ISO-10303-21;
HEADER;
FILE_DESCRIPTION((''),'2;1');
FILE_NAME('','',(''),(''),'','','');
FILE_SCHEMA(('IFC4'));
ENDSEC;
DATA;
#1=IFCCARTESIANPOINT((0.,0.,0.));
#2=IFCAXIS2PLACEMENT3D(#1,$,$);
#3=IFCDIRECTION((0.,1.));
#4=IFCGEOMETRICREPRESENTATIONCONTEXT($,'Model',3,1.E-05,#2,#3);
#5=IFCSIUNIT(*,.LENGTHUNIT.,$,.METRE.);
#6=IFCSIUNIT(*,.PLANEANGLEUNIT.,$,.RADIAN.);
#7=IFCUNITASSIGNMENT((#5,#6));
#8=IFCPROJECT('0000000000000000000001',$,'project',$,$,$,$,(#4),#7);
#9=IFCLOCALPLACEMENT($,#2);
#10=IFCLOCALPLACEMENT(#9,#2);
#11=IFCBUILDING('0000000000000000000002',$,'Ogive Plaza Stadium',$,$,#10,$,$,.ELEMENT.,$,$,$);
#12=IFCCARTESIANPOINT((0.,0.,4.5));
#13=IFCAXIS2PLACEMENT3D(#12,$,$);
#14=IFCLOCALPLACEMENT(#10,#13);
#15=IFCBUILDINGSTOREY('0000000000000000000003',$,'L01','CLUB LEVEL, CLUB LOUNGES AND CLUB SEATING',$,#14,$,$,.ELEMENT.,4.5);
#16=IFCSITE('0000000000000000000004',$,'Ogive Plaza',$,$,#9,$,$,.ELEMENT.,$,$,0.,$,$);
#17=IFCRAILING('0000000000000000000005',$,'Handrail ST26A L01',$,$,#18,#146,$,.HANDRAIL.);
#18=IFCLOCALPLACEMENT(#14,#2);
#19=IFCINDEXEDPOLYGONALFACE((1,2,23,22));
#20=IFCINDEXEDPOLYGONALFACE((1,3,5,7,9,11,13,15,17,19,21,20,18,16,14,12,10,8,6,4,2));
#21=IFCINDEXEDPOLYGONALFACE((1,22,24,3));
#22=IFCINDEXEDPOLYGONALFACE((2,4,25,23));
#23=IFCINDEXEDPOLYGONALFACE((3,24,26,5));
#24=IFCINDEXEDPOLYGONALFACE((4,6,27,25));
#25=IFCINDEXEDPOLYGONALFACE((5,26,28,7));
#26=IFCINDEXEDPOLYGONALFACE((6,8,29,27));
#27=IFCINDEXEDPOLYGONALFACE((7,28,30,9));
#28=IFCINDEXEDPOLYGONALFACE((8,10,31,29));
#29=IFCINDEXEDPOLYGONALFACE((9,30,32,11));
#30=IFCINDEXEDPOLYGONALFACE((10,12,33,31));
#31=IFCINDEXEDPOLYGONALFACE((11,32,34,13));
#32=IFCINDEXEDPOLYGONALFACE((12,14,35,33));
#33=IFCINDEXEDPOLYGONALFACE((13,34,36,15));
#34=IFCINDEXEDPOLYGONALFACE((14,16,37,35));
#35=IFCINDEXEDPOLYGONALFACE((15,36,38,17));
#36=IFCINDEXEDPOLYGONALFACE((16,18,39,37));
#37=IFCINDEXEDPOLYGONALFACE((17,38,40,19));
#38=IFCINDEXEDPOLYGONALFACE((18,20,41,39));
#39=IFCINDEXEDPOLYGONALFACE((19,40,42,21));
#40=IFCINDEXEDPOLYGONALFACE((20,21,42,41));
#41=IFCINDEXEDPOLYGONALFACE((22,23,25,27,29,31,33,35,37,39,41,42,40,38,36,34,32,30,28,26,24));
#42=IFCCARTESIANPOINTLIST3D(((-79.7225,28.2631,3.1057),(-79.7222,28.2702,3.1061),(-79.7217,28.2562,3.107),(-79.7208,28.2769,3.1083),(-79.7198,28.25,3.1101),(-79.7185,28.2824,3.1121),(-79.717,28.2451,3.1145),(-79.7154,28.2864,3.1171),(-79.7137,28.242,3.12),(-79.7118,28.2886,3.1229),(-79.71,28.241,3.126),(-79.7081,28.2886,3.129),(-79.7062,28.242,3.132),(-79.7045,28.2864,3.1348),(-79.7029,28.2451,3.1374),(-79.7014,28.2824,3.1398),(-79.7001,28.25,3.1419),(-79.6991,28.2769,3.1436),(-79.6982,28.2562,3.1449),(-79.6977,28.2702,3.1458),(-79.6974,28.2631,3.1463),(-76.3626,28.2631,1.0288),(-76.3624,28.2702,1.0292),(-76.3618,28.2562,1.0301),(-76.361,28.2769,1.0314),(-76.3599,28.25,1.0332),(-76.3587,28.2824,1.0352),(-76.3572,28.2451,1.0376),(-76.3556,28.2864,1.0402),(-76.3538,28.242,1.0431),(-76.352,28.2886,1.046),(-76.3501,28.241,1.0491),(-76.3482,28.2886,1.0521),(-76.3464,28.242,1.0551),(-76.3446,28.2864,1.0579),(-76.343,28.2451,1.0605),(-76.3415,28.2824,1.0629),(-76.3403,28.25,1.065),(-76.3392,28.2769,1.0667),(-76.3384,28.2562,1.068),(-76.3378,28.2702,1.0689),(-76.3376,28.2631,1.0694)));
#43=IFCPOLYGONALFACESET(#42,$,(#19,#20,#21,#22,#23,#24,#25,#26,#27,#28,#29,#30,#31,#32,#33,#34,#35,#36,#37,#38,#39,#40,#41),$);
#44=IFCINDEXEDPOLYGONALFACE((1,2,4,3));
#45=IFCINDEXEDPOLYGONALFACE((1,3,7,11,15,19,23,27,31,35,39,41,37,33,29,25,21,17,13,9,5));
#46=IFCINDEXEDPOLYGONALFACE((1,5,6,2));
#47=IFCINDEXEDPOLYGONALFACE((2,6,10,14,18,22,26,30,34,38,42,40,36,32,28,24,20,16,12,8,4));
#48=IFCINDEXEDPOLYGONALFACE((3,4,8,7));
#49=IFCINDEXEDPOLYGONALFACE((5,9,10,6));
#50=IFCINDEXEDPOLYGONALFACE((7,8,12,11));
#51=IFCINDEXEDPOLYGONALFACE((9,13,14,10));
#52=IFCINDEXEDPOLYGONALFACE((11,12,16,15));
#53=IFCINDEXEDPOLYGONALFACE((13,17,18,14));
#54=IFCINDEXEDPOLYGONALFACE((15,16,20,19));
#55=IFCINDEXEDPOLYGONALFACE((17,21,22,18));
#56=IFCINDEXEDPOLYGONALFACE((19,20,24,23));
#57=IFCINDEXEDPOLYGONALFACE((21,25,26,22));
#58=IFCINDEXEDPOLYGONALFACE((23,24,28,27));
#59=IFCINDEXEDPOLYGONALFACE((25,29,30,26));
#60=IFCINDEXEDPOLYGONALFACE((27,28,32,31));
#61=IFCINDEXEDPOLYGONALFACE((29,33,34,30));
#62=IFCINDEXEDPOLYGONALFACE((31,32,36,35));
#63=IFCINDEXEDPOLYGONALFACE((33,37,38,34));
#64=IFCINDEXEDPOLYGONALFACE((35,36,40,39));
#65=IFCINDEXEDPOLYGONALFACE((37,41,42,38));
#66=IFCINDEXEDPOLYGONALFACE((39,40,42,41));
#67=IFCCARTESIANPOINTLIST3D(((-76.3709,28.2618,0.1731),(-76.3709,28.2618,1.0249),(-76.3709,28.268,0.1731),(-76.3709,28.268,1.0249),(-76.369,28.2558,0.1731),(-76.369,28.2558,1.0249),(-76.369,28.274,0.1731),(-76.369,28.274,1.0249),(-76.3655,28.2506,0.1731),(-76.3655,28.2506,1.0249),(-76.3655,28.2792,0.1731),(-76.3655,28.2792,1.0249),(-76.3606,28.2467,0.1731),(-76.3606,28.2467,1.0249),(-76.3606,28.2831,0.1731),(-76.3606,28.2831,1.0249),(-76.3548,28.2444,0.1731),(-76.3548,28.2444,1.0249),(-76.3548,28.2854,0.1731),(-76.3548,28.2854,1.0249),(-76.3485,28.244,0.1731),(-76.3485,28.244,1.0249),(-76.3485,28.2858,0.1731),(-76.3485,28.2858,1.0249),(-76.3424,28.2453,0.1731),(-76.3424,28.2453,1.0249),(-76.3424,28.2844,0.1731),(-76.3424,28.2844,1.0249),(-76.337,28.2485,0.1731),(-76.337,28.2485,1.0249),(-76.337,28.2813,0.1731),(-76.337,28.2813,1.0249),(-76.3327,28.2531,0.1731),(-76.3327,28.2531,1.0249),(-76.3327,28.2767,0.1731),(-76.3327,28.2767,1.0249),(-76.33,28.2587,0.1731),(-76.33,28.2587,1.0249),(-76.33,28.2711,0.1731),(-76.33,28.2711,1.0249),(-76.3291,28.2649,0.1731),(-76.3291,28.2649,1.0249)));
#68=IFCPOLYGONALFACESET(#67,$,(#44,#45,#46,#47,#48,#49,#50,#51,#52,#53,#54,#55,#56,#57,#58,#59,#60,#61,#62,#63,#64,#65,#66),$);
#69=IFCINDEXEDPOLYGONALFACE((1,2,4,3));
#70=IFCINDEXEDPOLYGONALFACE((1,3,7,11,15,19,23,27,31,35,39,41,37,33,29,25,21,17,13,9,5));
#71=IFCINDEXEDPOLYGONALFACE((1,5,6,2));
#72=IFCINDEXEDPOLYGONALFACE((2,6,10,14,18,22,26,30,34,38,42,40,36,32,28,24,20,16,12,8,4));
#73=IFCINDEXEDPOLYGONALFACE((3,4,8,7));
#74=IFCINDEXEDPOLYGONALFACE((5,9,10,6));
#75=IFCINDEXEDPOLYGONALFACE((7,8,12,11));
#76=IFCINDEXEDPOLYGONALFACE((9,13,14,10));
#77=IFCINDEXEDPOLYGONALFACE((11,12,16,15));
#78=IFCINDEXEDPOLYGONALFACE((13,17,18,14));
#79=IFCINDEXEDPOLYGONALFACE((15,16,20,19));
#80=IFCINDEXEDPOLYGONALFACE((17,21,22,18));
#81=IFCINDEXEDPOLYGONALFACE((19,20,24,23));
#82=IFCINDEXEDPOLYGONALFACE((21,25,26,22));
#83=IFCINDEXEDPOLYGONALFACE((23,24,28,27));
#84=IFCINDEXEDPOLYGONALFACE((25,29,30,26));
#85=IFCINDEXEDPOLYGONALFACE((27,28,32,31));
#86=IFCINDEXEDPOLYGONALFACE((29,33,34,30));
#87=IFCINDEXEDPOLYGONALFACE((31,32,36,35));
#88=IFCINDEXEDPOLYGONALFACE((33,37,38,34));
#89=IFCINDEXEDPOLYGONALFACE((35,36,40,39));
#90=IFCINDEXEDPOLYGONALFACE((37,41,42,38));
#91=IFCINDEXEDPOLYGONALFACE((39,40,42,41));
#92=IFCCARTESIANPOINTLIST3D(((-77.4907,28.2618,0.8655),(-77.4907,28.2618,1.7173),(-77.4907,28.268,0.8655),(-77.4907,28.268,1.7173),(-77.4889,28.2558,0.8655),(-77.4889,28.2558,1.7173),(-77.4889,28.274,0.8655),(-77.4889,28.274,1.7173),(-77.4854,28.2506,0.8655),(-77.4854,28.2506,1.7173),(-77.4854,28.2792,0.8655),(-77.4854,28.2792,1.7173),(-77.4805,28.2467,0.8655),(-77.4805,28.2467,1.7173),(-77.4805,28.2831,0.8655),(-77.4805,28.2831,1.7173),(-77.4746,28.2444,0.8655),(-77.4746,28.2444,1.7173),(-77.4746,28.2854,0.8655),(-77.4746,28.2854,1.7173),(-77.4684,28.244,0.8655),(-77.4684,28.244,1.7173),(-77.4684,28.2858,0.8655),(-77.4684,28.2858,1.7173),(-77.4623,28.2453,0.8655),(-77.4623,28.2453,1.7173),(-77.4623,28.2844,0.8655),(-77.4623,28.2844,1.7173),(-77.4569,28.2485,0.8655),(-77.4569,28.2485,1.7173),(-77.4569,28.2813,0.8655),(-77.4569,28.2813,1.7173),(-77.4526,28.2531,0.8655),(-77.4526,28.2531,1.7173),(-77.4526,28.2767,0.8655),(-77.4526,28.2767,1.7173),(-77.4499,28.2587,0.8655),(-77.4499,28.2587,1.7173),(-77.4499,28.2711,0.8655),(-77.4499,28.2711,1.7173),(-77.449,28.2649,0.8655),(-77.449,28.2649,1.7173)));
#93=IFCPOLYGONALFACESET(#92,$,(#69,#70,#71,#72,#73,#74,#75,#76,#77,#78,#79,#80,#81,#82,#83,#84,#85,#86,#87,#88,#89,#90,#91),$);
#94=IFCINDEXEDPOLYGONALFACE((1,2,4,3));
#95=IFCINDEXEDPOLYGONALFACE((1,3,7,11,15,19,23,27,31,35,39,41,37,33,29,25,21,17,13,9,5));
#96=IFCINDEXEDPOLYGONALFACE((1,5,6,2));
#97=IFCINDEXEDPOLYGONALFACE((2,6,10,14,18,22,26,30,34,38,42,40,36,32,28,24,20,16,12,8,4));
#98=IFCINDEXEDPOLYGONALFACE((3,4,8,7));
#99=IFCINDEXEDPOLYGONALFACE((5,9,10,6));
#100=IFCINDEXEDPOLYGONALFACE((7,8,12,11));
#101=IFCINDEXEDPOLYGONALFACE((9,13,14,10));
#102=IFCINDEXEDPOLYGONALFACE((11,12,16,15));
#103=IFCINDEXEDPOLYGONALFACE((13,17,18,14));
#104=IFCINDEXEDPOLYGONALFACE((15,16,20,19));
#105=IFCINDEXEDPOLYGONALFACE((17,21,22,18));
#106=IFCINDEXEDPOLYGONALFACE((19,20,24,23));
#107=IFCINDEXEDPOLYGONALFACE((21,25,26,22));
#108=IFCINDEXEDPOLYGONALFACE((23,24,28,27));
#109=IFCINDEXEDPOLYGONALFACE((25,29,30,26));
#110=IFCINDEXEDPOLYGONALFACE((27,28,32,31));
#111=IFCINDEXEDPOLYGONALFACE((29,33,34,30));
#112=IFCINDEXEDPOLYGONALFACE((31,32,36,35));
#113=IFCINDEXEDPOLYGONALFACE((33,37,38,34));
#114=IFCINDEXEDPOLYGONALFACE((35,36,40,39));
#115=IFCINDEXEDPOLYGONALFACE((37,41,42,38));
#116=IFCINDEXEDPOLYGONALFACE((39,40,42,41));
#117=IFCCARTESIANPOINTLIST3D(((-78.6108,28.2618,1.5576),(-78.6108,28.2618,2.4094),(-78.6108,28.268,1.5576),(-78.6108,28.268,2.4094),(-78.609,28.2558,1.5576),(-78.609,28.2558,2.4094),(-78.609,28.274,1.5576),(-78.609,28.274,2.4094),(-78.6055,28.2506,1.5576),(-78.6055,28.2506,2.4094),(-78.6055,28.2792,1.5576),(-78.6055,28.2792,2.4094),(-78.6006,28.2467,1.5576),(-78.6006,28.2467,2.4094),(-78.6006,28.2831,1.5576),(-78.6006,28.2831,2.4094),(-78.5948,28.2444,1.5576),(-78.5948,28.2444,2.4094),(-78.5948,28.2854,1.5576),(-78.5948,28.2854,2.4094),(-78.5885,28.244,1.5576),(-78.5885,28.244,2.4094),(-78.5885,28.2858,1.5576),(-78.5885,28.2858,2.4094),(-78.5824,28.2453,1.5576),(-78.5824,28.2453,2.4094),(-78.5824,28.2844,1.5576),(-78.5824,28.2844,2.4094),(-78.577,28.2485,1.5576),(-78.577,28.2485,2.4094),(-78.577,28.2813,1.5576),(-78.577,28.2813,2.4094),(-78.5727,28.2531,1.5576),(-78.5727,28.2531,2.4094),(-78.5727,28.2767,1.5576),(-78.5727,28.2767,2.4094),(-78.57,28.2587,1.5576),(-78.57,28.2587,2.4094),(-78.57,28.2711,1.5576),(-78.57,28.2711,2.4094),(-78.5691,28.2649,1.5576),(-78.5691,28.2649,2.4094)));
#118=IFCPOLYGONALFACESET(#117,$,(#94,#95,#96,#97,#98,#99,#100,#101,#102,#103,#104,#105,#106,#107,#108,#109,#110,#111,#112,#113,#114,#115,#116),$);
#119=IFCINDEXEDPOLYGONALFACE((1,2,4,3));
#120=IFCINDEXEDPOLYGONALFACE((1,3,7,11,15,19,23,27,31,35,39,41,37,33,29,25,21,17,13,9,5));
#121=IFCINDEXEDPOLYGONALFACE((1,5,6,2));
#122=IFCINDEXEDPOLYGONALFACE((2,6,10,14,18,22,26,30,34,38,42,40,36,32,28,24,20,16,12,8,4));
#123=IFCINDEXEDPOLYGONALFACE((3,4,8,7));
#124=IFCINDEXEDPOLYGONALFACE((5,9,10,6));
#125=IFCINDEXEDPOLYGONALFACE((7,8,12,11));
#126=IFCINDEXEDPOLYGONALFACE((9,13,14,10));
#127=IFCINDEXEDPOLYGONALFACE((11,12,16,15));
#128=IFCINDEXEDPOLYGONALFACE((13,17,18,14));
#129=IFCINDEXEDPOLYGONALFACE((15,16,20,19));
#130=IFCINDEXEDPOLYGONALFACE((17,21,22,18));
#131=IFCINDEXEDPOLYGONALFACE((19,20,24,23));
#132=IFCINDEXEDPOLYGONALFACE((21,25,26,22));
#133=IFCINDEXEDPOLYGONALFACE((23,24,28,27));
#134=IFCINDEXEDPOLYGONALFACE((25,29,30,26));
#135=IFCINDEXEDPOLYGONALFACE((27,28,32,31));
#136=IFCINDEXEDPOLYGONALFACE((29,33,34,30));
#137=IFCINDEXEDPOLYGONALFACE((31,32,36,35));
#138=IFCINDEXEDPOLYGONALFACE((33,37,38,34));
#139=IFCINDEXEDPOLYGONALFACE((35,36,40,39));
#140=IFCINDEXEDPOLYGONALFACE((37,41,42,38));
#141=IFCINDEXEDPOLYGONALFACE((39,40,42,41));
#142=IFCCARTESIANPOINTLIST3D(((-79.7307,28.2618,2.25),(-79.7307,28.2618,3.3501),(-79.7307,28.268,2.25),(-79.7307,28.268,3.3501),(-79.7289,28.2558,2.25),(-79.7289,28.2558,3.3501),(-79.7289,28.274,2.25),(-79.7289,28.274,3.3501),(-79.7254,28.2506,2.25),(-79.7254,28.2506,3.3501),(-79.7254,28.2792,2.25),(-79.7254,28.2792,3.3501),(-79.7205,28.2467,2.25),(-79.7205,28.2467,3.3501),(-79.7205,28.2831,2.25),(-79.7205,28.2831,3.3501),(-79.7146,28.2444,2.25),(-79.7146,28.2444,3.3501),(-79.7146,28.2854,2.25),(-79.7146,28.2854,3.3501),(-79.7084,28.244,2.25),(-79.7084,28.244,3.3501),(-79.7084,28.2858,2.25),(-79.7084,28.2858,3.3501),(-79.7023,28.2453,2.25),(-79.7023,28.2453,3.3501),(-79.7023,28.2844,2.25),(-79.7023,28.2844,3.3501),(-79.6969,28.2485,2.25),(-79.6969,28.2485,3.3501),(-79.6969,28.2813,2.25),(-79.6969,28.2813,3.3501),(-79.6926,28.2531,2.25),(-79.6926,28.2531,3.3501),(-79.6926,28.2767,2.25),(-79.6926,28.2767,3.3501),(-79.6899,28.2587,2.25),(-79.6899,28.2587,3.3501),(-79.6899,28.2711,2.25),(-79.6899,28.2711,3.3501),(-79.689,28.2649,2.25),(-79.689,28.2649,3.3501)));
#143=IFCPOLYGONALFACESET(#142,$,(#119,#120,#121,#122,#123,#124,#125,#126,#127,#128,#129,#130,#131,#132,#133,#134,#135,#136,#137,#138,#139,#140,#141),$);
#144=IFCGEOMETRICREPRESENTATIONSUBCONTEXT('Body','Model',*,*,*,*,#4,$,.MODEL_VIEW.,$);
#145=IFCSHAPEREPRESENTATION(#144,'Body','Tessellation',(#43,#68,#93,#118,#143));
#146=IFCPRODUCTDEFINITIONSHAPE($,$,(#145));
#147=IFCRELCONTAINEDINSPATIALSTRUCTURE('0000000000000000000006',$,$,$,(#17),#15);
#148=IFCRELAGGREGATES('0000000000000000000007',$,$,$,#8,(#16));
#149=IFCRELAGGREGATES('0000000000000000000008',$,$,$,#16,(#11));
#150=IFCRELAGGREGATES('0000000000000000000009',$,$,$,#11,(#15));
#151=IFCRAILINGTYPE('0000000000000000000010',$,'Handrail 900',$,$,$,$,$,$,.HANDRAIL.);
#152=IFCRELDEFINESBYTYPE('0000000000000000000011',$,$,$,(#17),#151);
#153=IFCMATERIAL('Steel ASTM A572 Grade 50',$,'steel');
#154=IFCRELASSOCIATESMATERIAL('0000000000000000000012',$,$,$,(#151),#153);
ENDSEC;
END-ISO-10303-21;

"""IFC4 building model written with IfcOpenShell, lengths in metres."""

from ifc_helpers import new_model, si_unit, direction, frame, origin, origin_2d, place, context, subcontext, project, spatial, circle, extrude, material, type_object, element, save


model = new_model("IFC4")

# Units and contexts
model_context = context("Model", 3, precision=1e-05, world=origin(), true_north=direction((0.0, 1.0)))
body_context = subcontext(model_context, "Body", "Model", "MODEL_VIEW")
ifc_project = project(units=[si_unit("LENGTHUNIT", "METRE"), si_unit("PLANEANGLEUNIT", "RADIAN")], contexts=[model_context])

# Site, building, storey
site_placement = place(None, origin())
site = spatial("IfcSite", under=ifc_project, at=site_placement, Name="Ogive Plaza", CompositionType="ELEMENT", RefElevation=0.0)
building_placement = place(site_placement, origin())
building = spatial("IfcBuilding", under=site, at=building_placement, Name="Ogive Plaza Stadium", CompositionType="ELEMENT")
storey_placement = place(building_placement, frame((0.0, 0.0, 4.5)))
storey = spatial("IfcBuildingStorey", under=building, at=storey_placement, Name="L01", Description="CLUB LEVEL, CLUB LOUNGES AND CLUB SEATING", CompositionType="ELEMENT", Elevation=4.5)

# Railing
ifc_material_1 = material(Name="Steel ASTM A572 Grade 50", Category="steel")
railing_type_1 = type_object("IfcRailingType", Name="Handrail 900", PredefinedType="HANDRAIL", material=ifc_material_1)
for number, where, name in (
    (1, (-76.3501, 28.2649, 0.1731), "Handrail ST26A L01"),
):
    element("IfcRailing", number, at=place(storey_placement, frame(where)), inside=storey, type_object=railing_type_1, Name=name, PredefinedType="HANDRAIL", context=body_context, shape_type="SweptSolid", body=[
        extrude(circle(Radius=0.0239, at=origin_2d()), frame((0.0, 0.0, 0.876), z_axis=(-0.850606, 0.0, 0.525803), x_axis=(0.0, -1.0, 0.0)), (0.0, 0.0, 1.0), 3.95),
        extrude(circle(Radius=0.021, at=origin_2d()), origin(), (0.0, 0.0, 1.0), 0.8518),
        extrude(circle(Radius=0.021, at=origin_2d()), frame((-1.1199, 0.0, 0.6924)), (0.0, 0.0, 1.0), 0.8518),
        extrude(circle(Radius=0.021, at=origin_2d()), frame((-2.24, 0.0, 1.3845)), (0.0, 0.0, 1.0), 0.8518),
        extrude(circle(Radius=0.021, at=origin_2d()), frame((-3.3599, 0.0, 2.0769)), (0.0, 0.0, 1.0), 1.1001),
    ])

save(model, "model.ifc")
